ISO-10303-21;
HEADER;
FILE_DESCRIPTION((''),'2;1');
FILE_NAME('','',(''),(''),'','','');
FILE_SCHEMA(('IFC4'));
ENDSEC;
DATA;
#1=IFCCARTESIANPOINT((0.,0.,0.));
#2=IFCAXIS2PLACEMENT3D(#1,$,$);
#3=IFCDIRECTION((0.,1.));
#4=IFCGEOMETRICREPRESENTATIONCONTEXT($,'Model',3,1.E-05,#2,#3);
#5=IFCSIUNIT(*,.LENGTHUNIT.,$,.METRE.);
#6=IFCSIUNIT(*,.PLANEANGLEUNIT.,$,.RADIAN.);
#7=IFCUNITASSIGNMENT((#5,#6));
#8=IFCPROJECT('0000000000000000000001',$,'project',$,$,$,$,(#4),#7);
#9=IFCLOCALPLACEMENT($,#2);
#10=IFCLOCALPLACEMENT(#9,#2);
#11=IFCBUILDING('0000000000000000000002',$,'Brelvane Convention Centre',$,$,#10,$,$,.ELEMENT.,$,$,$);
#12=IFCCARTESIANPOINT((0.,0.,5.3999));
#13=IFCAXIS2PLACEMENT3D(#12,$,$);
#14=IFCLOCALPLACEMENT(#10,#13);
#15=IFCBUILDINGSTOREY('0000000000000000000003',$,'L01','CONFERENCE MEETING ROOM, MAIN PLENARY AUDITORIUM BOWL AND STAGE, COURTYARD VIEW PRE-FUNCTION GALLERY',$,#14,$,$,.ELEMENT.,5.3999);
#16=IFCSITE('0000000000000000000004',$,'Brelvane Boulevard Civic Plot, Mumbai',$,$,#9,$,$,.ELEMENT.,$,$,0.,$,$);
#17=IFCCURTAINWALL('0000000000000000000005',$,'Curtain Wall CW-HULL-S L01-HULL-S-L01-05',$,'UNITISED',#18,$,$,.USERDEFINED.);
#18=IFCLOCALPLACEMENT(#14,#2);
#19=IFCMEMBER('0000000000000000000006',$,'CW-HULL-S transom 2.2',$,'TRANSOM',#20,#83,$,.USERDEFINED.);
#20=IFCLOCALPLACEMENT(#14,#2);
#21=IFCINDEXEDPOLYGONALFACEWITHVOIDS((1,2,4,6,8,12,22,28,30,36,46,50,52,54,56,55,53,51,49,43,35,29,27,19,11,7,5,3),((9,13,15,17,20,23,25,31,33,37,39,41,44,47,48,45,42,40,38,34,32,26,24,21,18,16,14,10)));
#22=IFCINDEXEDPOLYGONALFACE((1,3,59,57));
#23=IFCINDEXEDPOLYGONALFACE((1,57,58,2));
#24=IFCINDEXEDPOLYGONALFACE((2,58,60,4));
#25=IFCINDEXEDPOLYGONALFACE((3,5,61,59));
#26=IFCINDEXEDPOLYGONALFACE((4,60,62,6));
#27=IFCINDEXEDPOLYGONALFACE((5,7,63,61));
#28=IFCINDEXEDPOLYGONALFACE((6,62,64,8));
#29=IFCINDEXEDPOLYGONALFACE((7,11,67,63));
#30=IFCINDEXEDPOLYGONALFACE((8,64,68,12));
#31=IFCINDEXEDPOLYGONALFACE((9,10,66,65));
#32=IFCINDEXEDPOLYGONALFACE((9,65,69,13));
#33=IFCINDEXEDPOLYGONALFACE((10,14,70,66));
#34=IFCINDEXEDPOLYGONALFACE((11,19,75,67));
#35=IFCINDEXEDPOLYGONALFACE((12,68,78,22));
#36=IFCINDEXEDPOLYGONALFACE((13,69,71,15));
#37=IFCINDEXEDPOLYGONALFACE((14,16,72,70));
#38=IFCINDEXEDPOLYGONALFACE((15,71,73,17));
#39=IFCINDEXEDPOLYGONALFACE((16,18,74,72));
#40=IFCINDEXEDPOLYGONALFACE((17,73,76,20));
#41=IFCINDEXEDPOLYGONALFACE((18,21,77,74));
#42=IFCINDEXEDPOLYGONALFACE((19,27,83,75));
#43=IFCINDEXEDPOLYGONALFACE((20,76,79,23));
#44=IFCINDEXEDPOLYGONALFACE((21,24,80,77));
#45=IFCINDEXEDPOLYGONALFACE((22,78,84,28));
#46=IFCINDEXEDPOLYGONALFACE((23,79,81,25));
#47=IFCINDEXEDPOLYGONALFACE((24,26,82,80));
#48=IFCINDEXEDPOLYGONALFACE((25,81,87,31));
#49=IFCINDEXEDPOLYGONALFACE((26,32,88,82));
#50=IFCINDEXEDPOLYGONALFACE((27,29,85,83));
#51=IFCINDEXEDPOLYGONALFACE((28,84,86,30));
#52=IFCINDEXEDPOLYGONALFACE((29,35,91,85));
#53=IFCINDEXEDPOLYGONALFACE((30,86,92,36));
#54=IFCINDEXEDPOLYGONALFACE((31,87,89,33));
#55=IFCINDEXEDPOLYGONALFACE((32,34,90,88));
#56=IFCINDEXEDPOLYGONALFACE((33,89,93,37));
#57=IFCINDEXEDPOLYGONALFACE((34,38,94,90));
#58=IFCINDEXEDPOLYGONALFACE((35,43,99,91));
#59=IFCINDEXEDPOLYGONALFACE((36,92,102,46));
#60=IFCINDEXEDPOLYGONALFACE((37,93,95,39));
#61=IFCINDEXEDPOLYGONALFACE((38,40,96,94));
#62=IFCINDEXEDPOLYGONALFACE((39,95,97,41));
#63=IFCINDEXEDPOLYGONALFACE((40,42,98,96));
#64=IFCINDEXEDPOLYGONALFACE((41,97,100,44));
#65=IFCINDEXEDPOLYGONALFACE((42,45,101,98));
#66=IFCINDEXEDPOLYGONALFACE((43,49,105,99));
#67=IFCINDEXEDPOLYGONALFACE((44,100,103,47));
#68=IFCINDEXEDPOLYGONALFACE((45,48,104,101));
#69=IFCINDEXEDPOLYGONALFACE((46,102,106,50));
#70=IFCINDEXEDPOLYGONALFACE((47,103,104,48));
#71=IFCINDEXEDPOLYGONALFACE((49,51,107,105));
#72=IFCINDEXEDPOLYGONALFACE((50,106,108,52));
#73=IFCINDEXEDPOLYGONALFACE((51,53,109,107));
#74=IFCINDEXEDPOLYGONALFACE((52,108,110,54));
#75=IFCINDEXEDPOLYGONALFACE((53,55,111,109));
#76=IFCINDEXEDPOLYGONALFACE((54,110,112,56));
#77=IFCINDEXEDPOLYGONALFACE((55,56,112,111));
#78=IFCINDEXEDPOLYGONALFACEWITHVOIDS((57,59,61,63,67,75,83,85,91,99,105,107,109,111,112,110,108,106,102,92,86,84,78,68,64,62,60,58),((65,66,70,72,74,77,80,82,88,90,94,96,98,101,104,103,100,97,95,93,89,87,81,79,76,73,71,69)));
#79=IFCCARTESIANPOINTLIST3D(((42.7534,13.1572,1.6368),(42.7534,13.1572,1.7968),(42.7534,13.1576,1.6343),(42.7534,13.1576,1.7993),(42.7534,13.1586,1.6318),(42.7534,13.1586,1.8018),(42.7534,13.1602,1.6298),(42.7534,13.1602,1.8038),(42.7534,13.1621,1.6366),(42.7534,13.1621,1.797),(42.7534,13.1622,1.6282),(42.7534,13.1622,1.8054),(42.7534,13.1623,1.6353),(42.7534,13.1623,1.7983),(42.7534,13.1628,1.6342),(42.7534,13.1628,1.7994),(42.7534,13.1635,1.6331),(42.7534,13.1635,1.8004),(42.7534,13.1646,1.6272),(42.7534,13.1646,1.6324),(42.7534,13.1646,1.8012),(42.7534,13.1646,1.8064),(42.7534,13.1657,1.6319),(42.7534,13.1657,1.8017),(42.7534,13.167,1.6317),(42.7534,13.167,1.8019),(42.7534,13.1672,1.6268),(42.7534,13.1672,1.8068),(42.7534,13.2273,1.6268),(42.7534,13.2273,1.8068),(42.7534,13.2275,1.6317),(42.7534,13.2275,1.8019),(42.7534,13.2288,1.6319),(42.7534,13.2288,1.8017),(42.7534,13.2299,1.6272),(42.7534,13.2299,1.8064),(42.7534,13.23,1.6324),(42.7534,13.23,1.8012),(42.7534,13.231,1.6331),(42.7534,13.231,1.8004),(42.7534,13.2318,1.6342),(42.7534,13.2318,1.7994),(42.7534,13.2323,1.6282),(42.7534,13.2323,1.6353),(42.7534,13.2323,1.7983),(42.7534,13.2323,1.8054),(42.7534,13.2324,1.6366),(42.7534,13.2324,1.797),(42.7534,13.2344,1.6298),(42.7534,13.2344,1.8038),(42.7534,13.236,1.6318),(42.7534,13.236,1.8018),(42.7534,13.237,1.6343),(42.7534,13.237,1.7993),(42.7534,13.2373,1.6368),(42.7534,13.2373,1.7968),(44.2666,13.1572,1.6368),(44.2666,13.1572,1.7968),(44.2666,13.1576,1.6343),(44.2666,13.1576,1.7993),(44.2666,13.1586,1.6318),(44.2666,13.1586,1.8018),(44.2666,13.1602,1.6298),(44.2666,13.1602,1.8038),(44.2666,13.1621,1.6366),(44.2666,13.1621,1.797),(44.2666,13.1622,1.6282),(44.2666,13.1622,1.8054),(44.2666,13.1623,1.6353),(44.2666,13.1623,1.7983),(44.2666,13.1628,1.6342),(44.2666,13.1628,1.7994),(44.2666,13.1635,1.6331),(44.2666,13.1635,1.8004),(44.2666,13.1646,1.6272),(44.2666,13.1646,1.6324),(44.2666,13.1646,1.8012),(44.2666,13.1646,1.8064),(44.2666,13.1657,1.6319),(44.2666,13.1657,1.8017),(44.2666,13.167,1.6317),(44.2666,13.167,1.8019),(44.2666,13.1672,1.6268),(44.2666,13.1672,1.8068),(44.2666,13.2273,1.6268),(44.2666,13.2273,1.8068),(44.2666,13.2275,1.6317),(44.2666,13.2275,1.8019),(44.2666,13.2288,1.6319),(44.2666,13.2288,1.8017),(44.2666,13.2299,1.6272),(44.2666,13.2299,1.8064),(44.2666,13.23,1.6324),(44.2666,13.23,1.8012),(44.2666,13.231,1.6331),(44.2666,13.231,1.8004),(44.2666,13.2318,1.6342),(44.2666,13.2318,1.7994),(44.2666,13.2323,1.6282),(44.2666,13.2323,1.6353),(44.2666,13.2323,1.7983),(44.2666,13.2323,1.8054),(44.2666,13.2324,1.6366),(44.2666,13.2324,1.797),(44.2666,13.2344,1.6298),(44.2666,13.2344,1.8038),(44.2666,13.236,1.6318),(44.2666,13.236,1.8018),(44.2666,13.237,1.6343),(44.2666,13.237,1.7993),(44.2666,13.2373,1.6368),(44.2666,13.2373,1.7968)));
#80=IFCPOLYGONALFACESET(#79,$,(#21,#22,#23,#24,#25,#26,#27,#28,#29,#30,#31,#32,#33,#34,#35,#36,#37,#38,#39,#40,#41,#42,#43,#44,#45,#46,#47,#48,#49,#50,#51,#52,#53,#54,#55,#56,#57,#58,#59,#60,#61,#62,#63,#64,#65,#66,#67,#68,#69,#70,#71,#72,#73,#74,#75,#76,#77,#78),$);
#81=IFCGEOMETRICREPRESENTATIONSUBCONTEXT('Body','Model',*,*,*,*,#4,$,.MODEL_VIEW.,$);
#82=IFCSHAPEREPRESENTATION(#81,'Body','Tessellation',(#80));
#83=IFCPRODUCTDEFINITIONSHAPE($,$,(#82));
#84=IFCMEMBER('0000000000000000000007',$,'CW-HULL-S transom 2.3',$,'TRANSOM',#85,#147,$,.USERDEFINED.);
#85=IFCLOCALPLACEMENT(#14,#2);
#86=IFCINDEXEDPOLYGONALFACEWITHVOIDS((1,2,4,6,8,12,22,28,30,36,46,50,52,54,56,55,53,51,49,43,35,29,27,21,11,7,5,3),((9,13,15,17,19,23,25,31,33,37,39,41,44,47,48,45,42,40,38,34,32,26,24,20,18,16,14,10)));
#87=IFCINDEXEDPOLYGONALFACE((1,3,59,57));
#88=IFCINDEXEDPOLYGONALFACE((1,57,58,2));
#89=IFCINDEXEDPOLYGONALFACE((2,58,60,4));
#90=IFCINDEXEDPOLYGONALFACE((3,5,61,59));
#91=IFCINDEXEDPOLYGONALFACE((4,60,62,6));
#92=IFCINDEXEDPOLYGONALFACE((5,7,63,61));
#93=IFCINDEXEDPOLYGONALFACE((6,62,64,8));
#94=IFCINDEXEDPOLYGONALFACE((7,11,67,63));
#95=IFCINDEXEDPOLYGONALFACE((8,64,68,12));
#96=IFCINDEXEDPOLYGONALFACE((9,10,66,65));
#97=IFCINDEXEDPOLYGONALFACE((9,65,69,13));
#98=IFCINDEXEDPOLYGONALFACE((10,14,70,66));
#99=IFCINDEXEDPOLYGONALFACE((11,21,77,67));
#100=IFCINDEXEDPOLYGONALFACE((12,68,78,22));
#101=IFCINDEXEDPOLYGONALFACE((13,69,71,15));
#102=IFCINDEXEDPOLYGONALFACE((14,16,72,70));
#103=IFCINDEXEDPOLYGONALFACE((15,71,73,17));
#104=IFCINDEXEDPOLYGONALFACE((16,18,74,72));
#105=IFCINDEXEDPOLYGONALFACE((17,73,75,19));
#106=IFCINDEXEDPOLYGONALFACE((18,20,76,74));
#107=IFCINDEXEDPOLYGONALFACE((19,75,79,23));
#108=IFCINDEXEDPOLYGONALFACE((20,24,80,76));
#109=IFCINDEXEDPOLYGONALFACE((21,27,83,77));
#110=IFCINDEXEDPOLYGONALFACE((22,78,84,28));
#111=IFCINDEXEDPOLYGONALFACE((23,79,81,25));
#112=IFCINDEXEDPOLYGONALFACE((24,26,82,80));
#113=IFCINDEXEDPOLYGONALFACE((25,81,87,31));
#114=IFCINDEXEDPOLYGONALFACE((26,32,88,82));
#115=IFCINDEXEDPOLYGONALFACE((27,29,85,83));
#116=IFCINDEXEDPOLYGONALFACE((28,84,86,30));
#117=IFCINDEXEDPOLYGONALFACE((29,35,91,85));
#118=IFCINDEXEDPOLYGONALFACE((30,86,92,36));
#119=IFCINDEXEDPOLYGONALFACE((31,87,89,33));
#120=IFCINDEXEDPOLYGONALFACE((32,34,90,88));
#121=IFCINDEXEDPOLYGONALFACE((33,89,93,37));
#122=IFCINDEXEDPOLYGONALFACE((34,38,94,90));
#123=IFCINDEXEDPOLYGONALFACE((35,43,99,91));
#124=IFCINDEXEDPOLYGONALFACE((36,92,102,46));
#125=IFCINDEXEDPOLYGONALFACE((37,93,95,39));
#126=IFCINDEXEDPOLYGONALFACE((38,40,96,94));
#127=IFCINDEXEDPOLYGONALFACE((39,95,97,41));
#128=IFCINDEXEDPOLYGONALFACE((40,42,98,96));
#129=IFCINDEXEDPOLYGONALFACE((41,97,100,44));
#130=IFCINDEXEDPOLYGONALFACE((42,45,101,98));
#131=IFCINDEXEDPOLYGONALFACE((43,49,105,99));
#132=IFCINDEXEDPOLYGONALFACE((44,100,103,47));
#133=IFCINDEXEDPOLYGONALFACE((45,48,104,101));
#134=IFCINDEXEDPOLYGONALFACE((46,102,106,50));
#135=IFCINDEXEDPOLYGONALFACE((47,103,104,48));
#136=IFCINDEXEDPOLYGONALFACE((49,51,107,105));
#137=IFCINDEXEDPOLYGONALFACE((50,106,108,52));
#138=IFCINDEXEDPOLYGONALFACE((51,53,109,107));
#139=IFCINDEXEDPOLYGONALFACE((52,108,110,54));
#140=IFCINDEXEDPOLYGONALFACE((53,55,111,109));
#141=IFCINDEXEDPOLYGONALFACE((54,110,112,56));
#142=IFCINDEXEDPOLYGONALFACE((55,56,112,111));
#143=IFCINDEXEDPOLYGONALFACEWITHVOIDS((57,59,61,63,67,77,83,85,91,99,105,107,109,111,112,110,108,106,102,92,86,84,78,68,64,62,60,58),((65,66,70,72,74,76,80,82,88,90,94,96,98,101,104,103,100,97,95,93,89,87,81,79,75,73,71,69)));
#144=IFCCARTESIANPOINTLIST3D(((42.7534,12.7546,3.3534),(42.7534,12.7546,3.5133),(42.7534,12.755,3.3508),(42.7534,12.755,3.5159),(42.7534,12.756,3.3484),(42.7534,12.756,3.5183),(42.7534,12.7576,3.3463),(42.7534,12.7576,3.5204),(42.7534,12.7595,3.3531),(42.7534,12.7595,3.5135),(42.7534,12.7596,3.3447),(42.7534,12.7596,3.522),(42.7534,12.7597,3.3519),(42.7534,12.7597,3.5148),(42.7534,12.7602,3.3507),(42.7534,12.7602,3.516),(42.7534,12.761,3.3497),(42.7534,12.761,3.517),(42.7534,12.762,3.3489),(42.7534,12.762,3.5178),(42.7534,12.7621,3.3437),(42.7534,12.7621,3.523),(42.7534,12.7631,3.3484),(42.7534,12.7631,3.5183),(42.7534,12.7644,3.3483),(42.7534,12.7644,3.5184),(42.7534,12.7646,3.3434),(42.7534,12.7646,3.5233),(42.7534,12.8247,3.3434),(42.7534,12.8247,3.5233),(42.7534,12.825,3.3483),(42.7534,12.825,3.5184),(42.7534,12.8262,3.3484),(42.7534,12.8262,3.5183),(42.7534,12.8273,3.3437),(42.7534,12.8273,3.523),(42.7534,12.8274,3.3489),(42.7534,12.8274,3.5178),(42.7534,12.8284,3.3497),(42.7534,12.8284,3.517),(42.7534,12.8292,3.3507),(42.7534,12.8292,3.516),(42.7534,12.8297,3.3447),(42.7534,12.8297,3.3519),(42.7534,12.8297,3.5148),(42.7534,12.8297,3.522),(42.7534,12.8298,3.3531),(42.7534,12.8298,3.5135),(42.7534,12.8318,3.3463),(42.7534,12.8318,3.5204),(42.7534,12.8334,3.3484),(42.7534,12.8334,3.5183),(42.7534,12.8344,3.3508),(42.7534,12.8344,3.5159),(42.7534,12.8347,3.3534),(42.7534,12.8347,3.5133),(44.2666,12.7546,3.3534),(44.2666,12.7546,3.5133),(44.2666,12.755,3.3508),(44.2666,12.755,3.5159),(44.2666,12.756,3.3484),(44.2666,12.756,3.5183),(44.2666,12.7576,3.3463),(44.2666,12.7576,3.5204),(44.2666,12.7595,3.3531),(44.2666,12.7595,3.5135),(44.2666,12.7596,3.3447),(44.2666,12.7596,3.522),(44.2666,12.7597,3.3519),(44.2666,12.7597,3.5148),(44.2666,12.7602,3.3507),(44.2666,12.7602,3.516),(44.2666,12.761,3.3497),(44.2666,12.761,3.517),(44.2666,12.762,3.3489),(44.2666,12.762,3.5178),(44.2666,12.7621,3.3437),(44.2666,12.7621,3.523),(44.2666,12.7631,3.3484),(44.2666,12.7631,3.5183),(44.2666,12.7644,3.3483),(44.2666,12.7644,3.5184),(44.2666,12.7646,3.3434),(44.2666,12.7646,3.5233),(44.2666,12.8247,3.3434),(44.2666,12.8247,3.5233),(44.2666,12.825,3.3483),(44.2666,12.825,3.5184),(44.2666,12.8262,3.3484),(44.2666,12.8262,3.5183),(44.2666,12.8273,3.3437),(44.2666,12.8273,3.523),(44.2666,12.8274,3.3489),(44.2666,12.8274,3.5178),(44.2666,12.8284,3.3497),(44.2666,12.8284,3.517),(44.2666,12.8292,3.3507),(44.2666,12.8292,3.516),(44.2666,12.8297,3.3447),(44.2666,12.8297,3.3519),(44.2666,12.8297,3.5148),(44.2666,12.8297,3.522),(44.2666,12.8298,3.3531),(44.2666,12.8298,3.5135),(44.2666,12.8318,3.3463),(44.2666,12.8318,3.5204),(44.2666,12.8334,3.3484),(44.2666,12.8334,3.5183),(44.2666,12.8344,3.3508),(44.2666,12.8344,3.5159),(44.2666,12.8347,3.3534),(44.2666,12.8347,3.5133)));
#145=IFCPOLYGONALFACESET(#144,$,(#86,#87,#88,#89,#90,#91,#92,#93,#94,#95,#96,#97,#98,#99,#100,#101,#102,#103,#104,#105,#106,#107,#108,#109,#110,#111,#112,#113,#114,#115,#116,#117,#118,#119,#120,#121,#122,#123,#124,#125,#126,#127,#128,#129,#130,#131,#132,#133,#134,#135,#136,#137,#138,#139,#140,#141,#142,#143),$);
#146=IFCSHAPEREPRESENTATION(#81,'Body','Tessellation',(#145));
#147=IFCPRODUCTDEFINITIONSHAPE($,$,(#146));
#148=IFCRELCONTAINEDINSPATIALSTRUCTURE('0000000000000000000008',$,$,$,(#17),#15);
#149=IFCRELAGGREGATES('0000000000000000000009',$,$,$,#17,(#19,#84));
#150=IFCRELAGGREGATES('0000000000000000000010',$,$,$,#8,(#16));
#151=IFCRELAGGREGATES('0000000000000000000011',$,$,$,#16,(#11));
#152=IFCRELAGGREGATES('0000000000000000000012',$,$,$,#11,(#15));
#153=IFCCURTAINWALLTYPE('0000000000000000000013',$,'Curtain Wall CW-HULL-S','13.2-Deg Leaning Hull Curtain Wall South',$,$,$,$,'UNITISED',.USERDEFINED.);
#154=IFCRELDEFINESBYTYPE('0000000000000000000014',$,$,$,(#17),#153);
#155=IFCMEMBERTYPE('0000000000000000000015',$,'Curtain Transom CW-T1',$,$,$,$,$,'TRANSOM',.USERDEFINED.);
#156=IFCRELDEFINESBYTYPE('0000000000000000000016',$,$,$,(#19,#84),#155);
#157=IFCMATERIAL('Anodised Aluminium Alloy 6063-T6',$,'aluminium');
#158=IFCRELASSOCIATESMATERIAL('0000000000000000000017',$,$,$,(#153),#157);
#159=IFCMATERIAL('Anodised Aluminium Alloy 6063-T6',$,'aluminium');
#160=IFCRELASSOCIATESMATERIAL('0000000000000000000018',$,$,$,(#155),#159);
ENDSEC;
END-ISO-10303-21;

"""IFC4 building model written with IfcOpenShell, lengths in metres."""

from ifc_helpers import new_model, si_unit, direction, frame, origin, origin_2d, place, context, subcontext, project, spatial, hollow_rectangle, extrude, material, material_profile, profile_set, type_object, element, aggregate, save


model = new_model("IFC4")

# Units and contexts
model_context = context("Model", 3, precision=1e-05, world=origin(), true_north=direction((0.0, 1.0)))
body_context = subcontext(model_context, "Body", "Model", "MODEL_VIEW")
ifc_project = project(units=[si_unit("LENGTHUNIT", "METRE"), si_unit("PLANEANGLEUNIT", "RADIAN")], contexts=[model_context])

# Site, building, storey
site_placement = place(None, origin())
site = spatial("IfcSite", under=ifc_project, at=site_placement, Name="Brelvane Boulevard Civic Plot, Mumbai", CompositionType="ELEMENT", RefElevation=0.0)
building_placement = place(site_placement, origin())
building = spatial("IfcBuilding", under=site, at=building_placement, Name="Brelvane Convention Centre", CompositionType="ELEMENT")
storey_placement = place(building_placement, frame((0.0, 0.0, 5.3999)))
storey = spatial("IfcBuildingStorey", under=building, at=storey_placement, Name="L01", Description="CONFERENCE MEETING ROOM, MAIN PLENARY AUDITORIUM BOWL AND STAGE, COURTYARD VIEW PRE-FUNCTION GALLERY", CompositionType="ELEMENT", Elevation=5.3999)

# Curtain wall, members
ifc_material_1 = material(Name="Anodised Aluminium Alloy 6063-T6", Category="aluminium")
curtain_wall_type = type_object("IfcCurtainWallType", Name="Curtain Wall CW-HULL-S", Description="13.2-Deg Leaning Hull Curtain Wall South", ElementType="UNITISED", PredefinedType="USERDEFINED", material=ifc_material_1)
ifc_material_2 = material(Name="Anodised Aluminium Alloy 6063-T6", Category="aluminium")
ifc_material_profile = material_profile(ifc_material_2, hollow_rectangle(XDim=0.0801, YDim=0.1799, WallThickness=0.0049, InnerFilletRadius=0.0049, OuterFilletRadius=0.01, at=origin_2d()), Name="ALU-T 180x80x5.0")
ifc_profile_set = profile_set([ifc_material_profile], Name="Anodised Aluminium Alloy 6063-T6")
member_type = type_object("IfcMemberType", Name="Curtain Transom CW-T1", ElementType="TRANSOM", PredefinedType="USERDEFINED", material=ifc_profile_set)
curtain_wall_1_placement = place(storey_placement, origin())
curtain_wall_1 = element("IfcCurtainWall", 1, at=curtain_wall_1_placement, inside=storey, type_object=curtain_wall_type, Name="Curtain Wall CW-HULL-S L01-HULL-S-L01-05", ObjectType="UNITISED", PredefinedType="USERDEFINED")
member_1_placement = place(storey_placement, frame((42.7534, 13.1973, 1.7168), z_axis=(1.0, 0.0, 0.0), x_axis=(0.0, 1.0, 0.0)))
member_1 = element("IfcMember", 2, at=member_1_placement, type_object=member_type, Name="CW-HULL-S transom 2.2", ObjectType="TRANSOM", PredefinedType="USERDEFINED", context=body_context, shape_type="SweptSolid", body=[
    extrude(hollow_rectangle(XDim=0.0801, YDim=0.1799, WallThickness=0.0049, InnerFilletRadius=0.0049, OuterFilletRadius=0.01, at=origin_2d()), origin(), (0.0, 0.0, 1.0), 1.5132),
])
member_2_placement = place(storey_placement, frame((42.7534, 12.7947, 3.4333), z_axis=(1.0, 0.0, 0.0), x_axis=(0.0, 1.0, 0.0)))
member_2 = element("IfcMember", 3, at=member_2_placement, type_object=member_type, Name="CW-HULL-S transom 2.3", ObjectType="TRANSOM", PredefinedType="USERDEFINED", context=body_context, shape_type="SweptSolid", body=[
    extrude(hollow_rectangle(XDim=0.0801, YDim=0.1799, WallThickness=0.0049, InnerFilletRadius=0.0049, OuterFilletRadius=0.01, at=origin_2d()), origin(), (0.0, 0.0, 1.0), 1.5132),
])

aggregate(curtain_wall_1, [member_1, member_2])

save(model, "model.ifc")
